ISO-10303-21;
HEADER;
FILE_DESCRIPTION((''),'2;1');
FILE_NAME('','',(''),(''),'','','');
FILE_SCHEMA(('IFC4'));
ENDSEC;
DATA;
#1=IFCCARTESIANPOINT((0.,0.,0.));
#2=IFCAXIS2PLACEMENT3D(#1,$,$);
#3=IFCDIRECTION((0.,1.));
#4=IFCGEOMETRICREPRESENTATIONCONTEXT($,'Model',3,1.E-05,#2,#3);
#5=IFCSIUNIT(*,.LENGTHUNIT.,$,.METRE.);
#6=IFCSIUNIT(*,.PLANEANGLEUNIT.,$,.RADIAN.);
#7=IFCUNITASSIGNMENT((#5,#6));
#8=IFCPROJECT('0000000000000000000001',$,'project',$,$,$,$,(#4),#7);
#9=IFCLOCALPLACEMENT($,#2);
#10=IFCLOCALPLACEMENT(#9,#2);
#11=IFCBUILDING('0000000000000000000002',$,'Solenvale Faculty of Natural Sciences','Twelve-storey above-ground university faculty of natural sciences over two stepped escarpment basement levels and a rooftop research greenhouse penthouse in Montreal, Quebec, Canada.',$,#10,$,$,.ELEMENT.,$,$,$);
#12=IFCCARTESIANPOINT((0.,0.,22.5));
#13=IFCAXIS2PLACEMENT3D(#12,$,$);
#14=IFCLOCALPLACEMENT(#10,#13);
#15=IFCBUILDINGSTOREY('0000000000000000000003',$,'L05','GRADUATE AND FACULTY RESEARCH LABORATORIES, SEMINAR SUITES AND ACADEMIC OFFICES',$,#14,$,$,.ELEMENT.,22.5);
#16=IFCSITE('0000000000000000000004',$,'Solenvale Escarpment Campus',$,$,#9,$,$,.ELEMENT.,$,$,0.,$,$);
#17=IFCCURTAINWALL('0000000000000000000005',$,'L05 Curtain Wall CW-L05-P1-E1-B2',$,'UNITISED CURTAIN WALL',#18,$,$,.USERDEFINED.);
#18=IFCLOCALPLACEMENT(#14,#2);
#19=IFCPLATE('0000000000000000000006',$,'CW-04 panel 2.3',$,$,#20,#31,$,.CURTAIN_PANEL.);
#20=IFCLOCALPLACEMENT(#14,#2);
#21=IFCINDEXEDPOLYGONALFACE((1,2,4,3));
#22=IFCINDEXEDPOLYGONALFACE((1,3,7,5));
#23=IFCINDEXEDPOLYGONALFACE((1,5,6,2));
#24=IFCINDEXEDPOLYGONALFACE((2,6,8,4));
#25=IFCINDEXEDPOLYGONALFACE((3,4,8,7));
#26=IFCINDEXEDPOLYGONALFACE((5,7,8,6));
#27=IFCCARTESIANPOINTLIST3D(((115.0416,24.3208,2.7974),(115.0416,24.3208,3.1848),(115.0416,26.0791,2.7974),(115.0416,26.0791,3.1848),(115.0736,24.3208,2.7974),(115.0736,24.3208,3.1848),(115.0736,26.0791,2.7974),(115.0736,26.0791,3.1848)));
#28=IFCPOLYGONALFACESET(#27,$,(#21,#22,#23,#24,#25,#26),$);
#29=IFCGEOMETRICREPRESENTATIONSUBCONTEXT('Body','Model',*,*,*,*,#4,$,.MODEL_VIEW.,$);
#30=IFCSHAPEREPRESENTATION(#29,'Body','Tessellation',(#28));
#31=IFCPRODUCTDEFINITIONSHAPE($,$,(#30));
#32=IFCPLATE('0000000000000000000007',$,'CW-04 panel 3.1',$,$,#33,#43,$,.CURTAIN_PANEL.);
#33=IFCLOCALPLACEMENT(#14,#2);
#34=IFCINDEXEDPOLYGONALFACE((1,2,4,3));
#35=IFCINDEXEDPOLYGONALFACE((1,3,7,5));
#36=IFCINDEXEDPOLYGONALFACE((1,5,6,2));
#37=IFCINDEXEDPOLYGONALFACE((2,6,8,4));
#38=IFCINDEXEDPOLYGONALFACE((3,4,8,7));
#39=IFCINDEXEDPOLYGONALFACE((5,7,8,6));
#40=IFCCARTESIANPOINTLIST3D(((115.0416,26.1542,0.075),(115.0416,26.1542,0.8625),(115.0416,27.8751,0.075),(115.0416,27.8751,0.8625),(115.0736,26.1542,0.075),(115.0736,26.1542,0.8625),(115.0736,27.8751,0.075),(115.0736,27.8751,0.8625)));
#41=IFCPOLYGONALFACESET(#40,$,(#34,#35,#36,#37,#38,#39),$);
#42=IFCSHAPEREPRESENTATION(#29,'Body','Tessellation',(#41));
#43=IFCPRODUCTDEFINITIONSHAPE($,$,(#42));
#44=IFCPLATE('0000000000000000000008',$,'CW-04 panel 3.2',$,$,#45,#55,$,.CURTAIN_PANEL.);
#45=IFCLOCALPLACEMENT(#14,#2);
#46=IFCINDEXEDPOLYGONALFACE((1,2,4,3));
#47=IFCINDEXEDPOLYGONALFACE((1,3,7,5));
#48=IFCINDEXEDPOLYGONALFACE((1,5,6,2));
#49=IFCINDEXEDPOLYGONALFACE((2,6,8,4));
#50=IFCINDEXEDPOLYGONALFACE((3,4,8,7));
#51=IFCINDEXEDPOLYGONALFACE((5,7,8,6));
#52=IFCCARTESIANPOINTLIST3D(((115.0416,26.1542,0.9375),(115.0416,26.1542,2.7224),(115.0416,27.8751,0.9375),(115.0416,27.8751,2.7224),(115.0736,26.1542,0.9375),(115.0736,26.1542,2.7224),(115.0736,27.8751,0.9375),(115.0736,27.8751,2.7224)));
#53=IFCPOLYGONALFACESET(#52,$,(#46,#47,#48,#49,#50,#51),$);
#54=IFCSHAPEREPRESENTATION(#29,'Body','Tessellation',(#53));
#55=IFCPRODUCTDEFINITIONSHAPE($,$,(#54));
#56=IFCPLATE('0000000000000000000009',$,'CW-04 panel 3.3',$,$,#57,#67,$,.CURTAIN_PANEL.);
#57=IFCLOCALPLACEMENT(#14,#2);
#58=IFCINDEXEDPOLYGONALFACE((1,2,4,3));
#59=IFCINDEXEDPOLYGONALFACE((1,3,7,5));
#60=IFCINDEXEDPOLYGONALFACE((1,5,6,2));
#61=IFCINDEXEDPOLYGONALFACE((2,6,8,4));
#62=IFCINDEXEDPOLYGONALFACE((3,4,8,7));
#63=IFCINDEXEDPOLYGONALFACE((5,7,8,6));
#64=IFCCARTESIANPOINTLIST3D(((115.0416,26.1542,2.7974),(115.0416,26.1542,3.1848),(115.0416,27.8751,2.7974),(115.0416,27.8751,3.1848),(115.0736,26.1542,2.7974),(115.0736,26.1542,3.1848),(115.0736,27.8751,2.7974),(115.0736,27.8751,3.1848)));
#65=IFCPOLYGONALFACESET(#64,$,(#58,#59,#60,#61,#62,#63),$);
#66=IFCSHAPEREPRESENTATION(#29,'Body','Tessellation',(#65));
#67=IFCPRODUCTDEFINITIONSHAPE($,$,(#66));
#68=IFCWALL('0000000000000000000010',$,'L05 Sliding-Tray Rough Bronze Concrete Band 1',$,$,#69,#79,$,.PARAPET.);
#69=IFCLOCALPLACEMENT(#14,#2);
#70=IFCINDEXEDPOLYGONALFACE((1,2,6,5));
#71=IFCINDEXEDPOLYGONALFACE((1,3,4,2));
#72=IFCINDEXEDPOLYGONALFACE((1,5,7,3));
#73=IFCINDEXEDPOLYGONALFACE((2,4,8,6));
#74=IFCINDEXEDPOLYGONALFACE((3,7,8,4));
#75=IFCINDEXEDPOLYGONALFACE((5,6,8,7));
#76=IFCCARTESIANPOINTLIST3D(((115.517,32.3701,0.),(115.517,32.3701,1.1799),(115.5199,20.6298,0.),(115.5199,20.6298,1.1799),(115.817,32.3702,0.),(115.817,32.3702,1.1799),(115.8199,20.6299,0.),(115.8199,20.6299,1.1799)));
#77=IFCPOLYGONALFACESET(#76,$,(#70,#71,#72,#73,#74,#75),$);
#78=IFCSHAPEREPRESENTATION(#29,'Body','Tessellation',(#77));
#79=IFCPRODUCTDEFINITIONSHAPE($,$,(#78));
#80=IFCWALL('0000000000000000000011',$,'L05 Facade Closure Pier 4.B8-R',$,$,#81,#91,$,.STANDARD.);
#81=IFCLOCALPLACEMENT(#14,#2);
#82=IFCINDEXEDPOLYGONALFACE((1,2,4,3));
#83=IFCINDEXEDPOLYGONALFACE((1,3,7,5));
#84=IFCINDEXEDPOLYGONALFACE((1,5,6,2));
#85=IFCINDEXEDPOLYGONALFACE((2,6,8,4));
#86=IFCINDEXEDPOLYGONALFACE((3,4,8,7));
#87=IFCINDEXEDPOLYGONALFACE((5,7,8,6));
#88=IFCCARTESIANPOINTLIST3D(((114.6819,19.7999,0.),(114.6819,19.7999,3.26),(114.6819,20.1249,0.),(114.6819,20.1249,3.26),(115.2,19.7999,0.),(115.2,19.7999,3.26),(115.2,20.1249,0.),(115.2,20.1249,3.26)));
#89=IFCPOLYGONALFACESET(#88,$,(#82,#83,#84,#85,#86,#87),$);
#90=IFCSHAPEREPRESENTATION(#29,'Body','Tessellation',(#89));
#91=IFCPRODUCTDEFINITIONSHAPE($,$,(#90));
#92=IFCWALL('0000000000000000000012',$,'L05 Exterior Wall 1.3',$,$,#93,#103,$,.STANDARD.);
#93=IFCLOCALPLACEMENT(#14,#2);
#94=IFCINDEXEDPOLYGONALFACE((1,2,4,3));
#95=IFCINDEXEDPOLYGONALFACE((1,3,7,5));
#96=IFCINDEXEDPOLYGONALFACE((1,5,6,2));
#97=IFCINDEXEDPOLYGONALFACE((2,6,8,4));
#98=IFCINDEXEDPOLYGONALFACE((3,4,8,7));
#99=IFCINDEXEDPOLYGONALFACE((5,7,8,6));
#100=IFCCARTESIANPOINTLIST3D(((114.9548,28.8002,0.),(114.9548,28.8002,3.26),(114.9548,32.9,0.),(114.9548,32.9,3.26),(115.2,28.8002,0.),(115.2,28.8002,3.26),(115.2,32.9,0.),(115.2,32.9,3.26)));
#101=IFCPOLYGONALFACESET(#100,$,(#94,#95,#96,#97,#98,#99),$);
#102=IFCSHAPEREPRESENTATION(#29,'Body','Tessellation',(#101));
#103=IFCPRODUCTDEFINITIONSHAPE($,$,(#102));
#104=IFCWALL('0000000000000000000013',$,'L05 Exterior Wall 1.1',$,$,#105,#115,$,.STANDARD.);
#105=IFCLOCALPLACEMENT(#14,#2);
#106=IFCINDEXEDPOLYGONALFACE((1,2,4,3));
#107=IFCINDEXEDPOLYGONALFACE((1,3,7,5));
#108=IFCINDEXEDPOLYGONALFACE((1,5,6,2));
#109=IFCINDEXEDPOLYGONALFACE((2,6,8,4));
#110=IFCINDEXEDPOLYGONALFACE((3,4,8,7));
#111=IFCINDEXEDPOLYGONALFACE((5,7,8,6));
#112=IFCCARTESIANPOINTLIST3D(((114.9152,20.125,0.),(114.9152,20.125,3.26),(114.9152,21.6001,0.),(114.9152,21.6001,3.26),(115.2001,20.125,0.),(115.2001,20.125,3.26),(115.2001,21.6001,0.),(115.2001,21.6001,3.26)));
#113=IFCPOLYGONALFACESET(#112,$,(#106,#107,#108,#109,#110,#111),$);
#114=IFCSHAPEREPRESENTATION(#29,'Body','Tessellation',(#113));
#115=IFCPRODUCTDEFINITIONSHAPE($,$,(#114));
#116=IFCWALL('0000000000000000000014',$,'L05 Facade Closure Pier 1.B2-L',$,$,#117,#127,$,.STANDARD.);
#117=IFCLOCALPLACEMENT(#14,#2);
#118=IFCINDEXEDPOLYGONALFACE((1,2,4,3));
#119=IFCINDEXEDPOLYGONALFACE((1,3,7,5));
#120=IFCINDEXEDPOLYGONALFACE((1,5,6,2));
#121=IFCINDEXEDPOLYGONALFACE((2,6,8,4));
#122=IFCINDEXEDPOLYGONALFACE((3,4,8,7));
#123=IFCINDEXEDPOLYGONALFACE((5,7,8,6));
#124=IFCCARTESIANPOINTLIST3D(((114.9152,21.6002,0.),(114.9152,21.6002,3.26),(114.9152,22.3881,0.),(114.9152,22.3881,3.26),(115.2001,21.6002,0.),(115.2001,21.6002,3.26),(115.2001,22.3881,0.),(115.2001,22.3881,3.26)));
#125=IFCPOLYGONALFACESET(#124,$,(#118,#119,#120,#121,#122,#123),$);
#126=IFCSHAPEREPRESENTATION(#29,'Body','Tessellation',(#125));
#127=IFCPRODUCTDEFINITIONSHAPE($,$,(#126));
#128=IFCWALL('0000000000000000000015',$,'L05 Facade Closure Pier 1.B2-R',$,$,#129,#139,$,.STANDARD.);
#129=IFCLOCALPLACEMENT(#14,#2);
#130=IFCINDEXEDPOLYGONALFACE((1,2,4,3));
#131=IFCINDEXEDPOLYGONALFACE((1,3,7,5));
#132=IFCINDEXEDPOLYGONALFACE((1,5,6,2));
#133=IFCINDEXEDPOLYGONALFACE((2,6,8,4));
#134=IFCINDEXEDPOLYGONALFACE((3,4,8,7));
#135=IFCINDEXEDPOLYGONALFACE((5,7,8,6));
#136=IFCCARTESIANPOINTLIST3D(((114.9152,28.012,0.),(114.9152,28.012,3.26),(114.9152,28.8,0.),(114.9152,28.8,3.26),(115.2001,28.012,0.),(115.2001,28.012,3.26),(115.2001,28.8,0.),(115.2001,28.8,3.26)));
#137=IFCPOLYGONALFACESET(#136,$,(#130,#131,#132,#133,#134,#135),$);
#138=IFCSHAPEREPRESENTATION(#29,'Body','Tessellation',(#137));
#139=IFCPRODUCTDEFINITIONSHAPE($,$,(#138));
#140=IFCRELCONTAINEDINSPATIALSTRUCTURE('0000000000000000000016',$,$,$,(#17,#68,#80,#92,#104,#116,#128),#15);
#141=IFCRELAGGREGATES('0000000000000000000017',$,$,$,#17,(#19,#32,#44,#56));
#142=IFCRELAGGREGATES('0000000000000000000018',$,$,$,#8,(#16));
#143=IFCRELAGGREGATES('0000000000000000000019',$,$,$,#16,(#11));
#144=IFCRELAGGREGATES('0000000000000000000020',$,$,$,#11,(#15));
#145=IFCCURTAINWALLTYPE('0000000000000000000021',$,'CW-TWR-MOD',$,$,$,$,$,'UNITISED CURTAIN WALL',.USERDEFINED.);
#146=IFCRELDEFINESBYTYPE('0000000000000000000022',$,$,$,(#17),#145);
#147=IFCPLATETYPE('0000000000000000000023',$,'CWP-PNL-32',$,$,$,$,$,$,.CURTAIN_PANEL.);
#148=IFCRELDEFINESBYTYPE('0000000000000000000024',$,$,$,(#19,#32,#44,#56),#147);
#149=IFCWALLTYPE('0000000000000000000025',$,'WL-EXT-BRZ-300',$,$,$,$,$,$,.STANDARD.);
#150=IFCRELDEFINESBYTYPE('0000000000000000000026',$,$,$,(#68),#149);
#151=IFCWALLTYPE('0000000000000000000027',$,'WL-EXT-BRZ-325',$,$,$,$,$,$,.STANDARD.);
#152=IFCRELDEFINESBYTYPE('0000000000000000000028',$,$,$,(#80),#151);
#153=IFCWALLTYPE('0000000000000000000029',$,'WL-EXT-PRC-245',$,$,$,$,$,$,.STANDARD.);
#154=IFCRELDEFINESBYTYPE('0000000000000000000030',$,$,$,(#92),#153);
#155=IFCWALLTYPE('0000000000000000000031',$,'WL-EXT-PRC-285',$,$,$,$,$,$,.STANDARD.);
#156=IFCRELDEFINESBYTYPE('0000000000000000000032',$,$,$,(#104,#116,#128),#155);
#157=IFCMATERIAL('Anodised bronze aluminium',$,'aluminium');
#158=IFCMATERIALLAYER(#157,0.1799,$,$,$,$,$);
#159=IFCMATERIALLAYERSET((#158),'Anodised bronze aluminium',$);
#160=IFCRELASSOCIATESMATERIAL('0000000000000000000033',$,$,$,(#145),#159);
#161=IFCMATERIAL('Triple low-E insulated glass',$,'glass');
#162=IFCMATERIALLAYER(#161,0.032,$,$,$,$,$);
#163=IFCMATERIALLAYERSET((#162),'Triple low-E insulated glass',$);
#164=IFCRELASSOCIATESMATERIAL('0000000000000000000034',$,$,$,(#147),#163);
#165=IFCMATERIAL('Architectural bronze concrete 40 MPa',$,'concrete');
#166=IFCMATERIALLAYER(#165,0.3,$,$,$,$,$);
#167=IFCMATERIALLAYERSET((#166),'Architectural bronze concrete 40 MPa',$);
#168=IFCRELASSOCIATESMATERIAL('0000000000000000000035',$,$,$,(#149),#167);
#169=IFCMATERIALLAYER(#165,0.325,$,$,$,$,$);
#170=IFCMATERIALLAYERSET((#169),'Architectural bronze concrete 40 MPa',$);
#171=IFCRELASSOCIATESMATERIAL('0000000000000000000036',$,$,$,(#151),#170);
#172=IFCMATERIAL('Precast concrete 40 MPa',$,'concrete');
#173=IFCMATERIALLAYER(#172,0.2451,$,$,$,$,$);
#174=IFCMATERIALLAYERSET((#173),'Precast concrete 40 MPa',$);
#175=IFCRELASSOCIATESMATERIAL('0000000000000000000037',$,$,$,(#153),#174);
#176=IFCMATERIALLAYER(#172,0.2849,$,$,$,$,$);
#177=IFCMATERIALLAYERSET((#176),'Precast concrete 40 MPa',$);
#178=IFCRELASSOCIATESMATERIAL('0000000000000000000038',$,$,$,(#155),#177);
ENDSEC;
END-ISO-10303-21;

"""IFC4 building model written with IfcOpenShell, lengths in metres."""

from ifc_helpers import new_model, si_unit, direction, frame, frame_2d, origin, origin_2d, place, context, subcontext, project, spatial, rectangle, extrude, material, layer, layer_set, type_object, element, aggregate, save


model = new_model("IFC4")

# Units and contexts
model_context = context("Model", 3, precision=1e-05, world=origin(), true_north=direction((0.0, 1.0)))
body_context = subcontext(model_context, "Body", "Model", "MODEL_VIEW")
ifc_project = project(units=[si_unit("LENGTHUNIT", "METRE"), si_unit("PLANEANGLEUNIT", "RADIAN")], contexts=[model_context])

# Site, building, storey
site_placement = place(None, origin())
site = spatial("IfcSite", under=ifc_project, at=site_placement, Name="Solenvale Escarpment Campus", CompositionType="ELEMENT", RefElevation=0.0)
building_placement = place(site_placement, origin())
building = spatial("IfcBuilding", under=site, at=building_placement, Name="Solenvale Faculty of Natural Sciences", Description="Twelve-storey above-ground university faculty of natural sciences over two stepped escarpment basement levels and a rooftop research greenhouse penthouse in Montreal, Quebec, Canada.", CompositionType="ELEMENT")
storey_placement = place(building_placement, frame((0.0, 0.0, 22.5)))
storey = spatial("IfcBuildingStorey", under=building, at=storey_placement, Name="L05", Description="GRADUATE AND FACULTY RESEARCH LABORATORIES, SEMINAR SUITES AND ACADEMIC OFFICES", CompositionType="ELEMENT", Elevation=22.5)

# Curtain wall
ifc_material_1 = material(Name="Anodised bronze aluminium", Category="aluminium")
ifc_layer_1 = layer(ifc_material_1, 0.1799)
ifc_layer_set_1 = layer_set([ifc_layer_1], Name="Anodised bronze aluminium")
curtain_wall_type_1 = type_object("IfcCurtainWallType", Name="CW-TWR-MOD", ElementType="UNITISED CURTAIN WALL", PredefinedType="USERDEFINED", material=ifc_layer_set_1)
curtain_wall_1_placement = place(storey_placement, origin())
curtain_wall_1 = element("IfcCurtainWall", 1, at=curtain_wall_1_placement, inside=storey, type_object=curtain_wall_type_1, Name="L05 Curtain Wall CW-L05-P1-E1-B2", ObjectType="UNITISED CURTAIN WALL", PredefinedType="USERDEFINED")

# Plates
ifc_material_2 = material(Name="Triple low-E insulated glass", Category="glass")
ifc_layer_2 = layer(ifc_material_2, 0.032)
ifc_layer_set_2 = layer_set([ifc_layer_2], Name="Triple low-E insulated glass")
plate_type = type_object("IfcPlateType", Name="CWP-PNL-32", PredefinedType="CURTAIN_PANEL", material=ifc_layer_set_2)
plate_1_placement = place(storey_placement, frame((115.0576, 25.2, 2.7974), z_axis=(0.0, 0.0, 1.0), x_axis=(0.0, 1.0, 0.0)))
plate_1 = element("IfcPlate", 2, at=plate_1_placement, type_object=plate_type, Name="CW-04 panel 2.3", PredefinedType="CURTAIN_PANEL", context=body_context, shape_type="SweptSolid", body=[
    extrude(rectangle(XDim=1.7583, YDim=0.032, at=origin_2d()), origin(), (0.0, 0.0, 1.0), 0.3875),
])
plate_2_placement = place(storey_placement, frame((115.0576, 27.0146, 0.075), z_axis=(0.0, 0.0, 1.0), x_axis=(0.0, 1.0, 0.0)))
plate_2 = element("IfcPlate", 3, at=plate_2_placement, type_object=plate_type, Name="CW-04 panel 3.1", PredefinedType="CURTAIN_PANEL", context=body_context, shape_type="SweptSolid", body=[
    extrude(rectangle(XDim=1.7209, YDim=0.032, at=origin_2d()), origin(), (0.0, 0.0, 1.0), 0.7876),
])
plate_3_placement = place(storey_placement, frame((115.0576, 27.0146, 0.9375), z_axis=(0.0, 0.0, 1.0), x_axis=(0.0, 1.0, 0.0)))
plate_3 = element("IfcPlate", 4, at=plate_3_placement, type_object=plate_type, Name="CW-04 panel 3.2", PredefinedType="CURTAIN_PANEL", context=body_context, shape_type="SweptSolid", body=[
    extrude(rectangle(XDim=1.7209, YDim=0.032, at=origin_2d()), origin(), (0.0, 0.0, 1.0), 1.7849),
])
plate_4_placement = place(storey_placement, frame((115.0576, 27.0146, 2.7974), z_axis=(0.0, 0.0, 1.0), x_axis=(0.0, 1.0, 0.0)))
plate_4 = element("IfcPlate", 5, at=plate_4_placement, type_object=plate_type, Name="CW-04 panel 3.3", PredefinedType="CURTAIN_PANEL", context=body_context, shape_type="SweptSolid", body=[
    extrude(rectangle(XDim=1.7209, YDim=0.032, at=origin_2d()), origin(), (0.0, 0.0, 1.0), 0.3875),
])
aggregate(curtain_wall_1, [plate_1, plate_2, plate_3, plate_4])

# Walls
ifc_material_3 = material(Name="Architectural bronze concrete 40 MPa", Category="concrete")
ifc_layer_3 = layer(ifc_material_3, 0.3)
ifc_layer_set_3 = layer_set([ifc_layer_3], Name="Architectural bronze concrete 40 MPa")
wall_type_1 = type_object("IfcWallType", Name="WL-EXT-BRZ-300", PredefinedType="STANDARD", material=ifc_layer_set_3)
wall_1_placement = place(storey_placement, frame((115.667, 32.3701, 0.0), z_axis=(0.0, 0.0, 1.0), x_axis=(0.00025, -1.0, 0.0)))
element("IfcWall", 6, at=wall_1_placement, inside=storey, type_object=wall_type_1, Name="L05 Sliding-Tray Rough Bronze Concrete Band 1", PredefinedType="PARAPET", context=body_context, shape_type="SweptSolid", body=[
    extrude(rectangle(XDim=11.7402, YDim=0.3, at=frame_2d((5.8701, 0.0))), origin(), (0.0, 0.0, 1.0), 1.1799),
])
ifc_layer_4 = layer(ifc_material_3, 0.325)
ifc_layer_set_4 = layer_set([ifc_layer_4], Name="Architectural bronze concrete 40 MPa")
wall_type_2 = type_object("IfcWallType", Name="WL-EXT-BRZ-325", PredefinedType="STANDARD", material=ifc_layer_set_4)
wall_2_placement = place(storey_placement, frame((114.6819, 19.9624, 0.0), z_axis=(0.0, 0.0, 1.0), x_axis=(1.0, 0.0, 0.0)))
element("IfcWall", 7, at=wall_2_placement, inside=storey, type_object=wall_type_2, Name="L05 Facade Closure Pier 4.B8-R", PredefinedType="STANDARD", context=body_context, shape_type="SweptSolid", body=[
    extrude(rectangle(XDim=0.5181, YDim=0.325, at=frame_2d((0.259, 0.0))), origin(), (0.0, 0.0, 1.0), 3.26),
])
ifc_material_4 = material(Name="Precast concrete 40 MPa", Category="concrete")
ifc_layer_5 = layer(ifc_material_4, 0.2451)
ifc_layer_set_5 = layer_set([ifc_layer_5], Name="Precast concrete 40 MPa")
wall_type_3 = type_object("IfcWallType", Name="WL-EXT-PRC-245", PredefinedType="STANDARD", material=ifc_layer_set_5)
wall_3_placement = place(storey_placement, frame((115.0774, 32.8999, 0.0), z_axis=(0.0, 0.0, 1.0), x_axis=(0.0, -1.0, 0.0)))
element("IfcWall", 8, at=wall_3_placement, inside=storey, type_object=wall_type_3, Name="L05 Exterior Wall 1.3", PredefinedType="STANDARD", context=body_context, shape_type="SweptSolid", body=[
    extrude(rectangle(XDim=4.0999, YDim=0.2451, at=frame_2d((2.0498, 0.0))), origin(), (0.0, 0.0, 1.0), 3.26),
])
ifc_layer_6 = layer(ifc_material_4, 0.2849)
ifc_layer_set_6 = layer_set([ifc_layer_6], Name="Precast concrete 40 MPa")
wall_type_4 = type_object("IfcWallType", Name="WL-EXT-PRC-285", PredefinedType="STANDARD", material=ifc_layer_set_6)
wall_4_placement = place(storey_placement, frame((115.0576, 21.6001, 0.0), z_axis=(0.0, 0.0, 1.0), x_axis=(0.0, -1.0, 0.0)))
element("IfcWall", 9, at=wall_4_placement, inside=storey, type_object=wall_type_4, Name="L05 Exterior Wall 1.1", PredefinedType="STANDARD", context=body_context, shape_type="SweptSolid", body=[
    extrude(rectangle(XDim=1.4751, YDim=0.2849, at=frame_2d((0.7375, 0.0))), origin(), (0.0, 0.0, 1.0), 3.26),
])
wall_5_placement = place(storey_placement, frame((115.0576, 21.6001, 0.0), z_axis=(0.0, 0.0, 1.0), x_axis=(0.0, 1.0, 0.0)))
element("IfcWall", 10, at=wall_5_placement, inside=storey, type_object=wall_type_4, Name="L05 Facade Closure Pier 1.B2-L", PredefinedType="STANDARD", context=body_context, shape_type="SweptSolid", body=[
    extrude(rectangle(XDim=0.7878, YDim=0.2849, at=frame_2d((0.394, 0.0))), origin(), (0.0, 0.0, 1.0), 3.26),
])
wall_6_placement = place(storey_placement, frame((115.0576, 28.012, 0.0), z_axis=(0.0, 0.0, 1.0), x_axis=(0.0, 1.0, 0.0)))
element("IfcWall", 11, at=wall_6_placement, inside=storey, type_object=wall_type_4, Name="L05 Facade Closure Pier 1.B2-R", PredefinedType="STANDARD", context=body_context, shape_type="SweptSolid", body=[
    extrude(rectangle(XDim=0.7881, YDim=0.2849, at=frame_2d((0.394, 0.0))), origin(), (0.0, 0.0, 1.0), 3.26),
])

save(model, "model.ifc")
